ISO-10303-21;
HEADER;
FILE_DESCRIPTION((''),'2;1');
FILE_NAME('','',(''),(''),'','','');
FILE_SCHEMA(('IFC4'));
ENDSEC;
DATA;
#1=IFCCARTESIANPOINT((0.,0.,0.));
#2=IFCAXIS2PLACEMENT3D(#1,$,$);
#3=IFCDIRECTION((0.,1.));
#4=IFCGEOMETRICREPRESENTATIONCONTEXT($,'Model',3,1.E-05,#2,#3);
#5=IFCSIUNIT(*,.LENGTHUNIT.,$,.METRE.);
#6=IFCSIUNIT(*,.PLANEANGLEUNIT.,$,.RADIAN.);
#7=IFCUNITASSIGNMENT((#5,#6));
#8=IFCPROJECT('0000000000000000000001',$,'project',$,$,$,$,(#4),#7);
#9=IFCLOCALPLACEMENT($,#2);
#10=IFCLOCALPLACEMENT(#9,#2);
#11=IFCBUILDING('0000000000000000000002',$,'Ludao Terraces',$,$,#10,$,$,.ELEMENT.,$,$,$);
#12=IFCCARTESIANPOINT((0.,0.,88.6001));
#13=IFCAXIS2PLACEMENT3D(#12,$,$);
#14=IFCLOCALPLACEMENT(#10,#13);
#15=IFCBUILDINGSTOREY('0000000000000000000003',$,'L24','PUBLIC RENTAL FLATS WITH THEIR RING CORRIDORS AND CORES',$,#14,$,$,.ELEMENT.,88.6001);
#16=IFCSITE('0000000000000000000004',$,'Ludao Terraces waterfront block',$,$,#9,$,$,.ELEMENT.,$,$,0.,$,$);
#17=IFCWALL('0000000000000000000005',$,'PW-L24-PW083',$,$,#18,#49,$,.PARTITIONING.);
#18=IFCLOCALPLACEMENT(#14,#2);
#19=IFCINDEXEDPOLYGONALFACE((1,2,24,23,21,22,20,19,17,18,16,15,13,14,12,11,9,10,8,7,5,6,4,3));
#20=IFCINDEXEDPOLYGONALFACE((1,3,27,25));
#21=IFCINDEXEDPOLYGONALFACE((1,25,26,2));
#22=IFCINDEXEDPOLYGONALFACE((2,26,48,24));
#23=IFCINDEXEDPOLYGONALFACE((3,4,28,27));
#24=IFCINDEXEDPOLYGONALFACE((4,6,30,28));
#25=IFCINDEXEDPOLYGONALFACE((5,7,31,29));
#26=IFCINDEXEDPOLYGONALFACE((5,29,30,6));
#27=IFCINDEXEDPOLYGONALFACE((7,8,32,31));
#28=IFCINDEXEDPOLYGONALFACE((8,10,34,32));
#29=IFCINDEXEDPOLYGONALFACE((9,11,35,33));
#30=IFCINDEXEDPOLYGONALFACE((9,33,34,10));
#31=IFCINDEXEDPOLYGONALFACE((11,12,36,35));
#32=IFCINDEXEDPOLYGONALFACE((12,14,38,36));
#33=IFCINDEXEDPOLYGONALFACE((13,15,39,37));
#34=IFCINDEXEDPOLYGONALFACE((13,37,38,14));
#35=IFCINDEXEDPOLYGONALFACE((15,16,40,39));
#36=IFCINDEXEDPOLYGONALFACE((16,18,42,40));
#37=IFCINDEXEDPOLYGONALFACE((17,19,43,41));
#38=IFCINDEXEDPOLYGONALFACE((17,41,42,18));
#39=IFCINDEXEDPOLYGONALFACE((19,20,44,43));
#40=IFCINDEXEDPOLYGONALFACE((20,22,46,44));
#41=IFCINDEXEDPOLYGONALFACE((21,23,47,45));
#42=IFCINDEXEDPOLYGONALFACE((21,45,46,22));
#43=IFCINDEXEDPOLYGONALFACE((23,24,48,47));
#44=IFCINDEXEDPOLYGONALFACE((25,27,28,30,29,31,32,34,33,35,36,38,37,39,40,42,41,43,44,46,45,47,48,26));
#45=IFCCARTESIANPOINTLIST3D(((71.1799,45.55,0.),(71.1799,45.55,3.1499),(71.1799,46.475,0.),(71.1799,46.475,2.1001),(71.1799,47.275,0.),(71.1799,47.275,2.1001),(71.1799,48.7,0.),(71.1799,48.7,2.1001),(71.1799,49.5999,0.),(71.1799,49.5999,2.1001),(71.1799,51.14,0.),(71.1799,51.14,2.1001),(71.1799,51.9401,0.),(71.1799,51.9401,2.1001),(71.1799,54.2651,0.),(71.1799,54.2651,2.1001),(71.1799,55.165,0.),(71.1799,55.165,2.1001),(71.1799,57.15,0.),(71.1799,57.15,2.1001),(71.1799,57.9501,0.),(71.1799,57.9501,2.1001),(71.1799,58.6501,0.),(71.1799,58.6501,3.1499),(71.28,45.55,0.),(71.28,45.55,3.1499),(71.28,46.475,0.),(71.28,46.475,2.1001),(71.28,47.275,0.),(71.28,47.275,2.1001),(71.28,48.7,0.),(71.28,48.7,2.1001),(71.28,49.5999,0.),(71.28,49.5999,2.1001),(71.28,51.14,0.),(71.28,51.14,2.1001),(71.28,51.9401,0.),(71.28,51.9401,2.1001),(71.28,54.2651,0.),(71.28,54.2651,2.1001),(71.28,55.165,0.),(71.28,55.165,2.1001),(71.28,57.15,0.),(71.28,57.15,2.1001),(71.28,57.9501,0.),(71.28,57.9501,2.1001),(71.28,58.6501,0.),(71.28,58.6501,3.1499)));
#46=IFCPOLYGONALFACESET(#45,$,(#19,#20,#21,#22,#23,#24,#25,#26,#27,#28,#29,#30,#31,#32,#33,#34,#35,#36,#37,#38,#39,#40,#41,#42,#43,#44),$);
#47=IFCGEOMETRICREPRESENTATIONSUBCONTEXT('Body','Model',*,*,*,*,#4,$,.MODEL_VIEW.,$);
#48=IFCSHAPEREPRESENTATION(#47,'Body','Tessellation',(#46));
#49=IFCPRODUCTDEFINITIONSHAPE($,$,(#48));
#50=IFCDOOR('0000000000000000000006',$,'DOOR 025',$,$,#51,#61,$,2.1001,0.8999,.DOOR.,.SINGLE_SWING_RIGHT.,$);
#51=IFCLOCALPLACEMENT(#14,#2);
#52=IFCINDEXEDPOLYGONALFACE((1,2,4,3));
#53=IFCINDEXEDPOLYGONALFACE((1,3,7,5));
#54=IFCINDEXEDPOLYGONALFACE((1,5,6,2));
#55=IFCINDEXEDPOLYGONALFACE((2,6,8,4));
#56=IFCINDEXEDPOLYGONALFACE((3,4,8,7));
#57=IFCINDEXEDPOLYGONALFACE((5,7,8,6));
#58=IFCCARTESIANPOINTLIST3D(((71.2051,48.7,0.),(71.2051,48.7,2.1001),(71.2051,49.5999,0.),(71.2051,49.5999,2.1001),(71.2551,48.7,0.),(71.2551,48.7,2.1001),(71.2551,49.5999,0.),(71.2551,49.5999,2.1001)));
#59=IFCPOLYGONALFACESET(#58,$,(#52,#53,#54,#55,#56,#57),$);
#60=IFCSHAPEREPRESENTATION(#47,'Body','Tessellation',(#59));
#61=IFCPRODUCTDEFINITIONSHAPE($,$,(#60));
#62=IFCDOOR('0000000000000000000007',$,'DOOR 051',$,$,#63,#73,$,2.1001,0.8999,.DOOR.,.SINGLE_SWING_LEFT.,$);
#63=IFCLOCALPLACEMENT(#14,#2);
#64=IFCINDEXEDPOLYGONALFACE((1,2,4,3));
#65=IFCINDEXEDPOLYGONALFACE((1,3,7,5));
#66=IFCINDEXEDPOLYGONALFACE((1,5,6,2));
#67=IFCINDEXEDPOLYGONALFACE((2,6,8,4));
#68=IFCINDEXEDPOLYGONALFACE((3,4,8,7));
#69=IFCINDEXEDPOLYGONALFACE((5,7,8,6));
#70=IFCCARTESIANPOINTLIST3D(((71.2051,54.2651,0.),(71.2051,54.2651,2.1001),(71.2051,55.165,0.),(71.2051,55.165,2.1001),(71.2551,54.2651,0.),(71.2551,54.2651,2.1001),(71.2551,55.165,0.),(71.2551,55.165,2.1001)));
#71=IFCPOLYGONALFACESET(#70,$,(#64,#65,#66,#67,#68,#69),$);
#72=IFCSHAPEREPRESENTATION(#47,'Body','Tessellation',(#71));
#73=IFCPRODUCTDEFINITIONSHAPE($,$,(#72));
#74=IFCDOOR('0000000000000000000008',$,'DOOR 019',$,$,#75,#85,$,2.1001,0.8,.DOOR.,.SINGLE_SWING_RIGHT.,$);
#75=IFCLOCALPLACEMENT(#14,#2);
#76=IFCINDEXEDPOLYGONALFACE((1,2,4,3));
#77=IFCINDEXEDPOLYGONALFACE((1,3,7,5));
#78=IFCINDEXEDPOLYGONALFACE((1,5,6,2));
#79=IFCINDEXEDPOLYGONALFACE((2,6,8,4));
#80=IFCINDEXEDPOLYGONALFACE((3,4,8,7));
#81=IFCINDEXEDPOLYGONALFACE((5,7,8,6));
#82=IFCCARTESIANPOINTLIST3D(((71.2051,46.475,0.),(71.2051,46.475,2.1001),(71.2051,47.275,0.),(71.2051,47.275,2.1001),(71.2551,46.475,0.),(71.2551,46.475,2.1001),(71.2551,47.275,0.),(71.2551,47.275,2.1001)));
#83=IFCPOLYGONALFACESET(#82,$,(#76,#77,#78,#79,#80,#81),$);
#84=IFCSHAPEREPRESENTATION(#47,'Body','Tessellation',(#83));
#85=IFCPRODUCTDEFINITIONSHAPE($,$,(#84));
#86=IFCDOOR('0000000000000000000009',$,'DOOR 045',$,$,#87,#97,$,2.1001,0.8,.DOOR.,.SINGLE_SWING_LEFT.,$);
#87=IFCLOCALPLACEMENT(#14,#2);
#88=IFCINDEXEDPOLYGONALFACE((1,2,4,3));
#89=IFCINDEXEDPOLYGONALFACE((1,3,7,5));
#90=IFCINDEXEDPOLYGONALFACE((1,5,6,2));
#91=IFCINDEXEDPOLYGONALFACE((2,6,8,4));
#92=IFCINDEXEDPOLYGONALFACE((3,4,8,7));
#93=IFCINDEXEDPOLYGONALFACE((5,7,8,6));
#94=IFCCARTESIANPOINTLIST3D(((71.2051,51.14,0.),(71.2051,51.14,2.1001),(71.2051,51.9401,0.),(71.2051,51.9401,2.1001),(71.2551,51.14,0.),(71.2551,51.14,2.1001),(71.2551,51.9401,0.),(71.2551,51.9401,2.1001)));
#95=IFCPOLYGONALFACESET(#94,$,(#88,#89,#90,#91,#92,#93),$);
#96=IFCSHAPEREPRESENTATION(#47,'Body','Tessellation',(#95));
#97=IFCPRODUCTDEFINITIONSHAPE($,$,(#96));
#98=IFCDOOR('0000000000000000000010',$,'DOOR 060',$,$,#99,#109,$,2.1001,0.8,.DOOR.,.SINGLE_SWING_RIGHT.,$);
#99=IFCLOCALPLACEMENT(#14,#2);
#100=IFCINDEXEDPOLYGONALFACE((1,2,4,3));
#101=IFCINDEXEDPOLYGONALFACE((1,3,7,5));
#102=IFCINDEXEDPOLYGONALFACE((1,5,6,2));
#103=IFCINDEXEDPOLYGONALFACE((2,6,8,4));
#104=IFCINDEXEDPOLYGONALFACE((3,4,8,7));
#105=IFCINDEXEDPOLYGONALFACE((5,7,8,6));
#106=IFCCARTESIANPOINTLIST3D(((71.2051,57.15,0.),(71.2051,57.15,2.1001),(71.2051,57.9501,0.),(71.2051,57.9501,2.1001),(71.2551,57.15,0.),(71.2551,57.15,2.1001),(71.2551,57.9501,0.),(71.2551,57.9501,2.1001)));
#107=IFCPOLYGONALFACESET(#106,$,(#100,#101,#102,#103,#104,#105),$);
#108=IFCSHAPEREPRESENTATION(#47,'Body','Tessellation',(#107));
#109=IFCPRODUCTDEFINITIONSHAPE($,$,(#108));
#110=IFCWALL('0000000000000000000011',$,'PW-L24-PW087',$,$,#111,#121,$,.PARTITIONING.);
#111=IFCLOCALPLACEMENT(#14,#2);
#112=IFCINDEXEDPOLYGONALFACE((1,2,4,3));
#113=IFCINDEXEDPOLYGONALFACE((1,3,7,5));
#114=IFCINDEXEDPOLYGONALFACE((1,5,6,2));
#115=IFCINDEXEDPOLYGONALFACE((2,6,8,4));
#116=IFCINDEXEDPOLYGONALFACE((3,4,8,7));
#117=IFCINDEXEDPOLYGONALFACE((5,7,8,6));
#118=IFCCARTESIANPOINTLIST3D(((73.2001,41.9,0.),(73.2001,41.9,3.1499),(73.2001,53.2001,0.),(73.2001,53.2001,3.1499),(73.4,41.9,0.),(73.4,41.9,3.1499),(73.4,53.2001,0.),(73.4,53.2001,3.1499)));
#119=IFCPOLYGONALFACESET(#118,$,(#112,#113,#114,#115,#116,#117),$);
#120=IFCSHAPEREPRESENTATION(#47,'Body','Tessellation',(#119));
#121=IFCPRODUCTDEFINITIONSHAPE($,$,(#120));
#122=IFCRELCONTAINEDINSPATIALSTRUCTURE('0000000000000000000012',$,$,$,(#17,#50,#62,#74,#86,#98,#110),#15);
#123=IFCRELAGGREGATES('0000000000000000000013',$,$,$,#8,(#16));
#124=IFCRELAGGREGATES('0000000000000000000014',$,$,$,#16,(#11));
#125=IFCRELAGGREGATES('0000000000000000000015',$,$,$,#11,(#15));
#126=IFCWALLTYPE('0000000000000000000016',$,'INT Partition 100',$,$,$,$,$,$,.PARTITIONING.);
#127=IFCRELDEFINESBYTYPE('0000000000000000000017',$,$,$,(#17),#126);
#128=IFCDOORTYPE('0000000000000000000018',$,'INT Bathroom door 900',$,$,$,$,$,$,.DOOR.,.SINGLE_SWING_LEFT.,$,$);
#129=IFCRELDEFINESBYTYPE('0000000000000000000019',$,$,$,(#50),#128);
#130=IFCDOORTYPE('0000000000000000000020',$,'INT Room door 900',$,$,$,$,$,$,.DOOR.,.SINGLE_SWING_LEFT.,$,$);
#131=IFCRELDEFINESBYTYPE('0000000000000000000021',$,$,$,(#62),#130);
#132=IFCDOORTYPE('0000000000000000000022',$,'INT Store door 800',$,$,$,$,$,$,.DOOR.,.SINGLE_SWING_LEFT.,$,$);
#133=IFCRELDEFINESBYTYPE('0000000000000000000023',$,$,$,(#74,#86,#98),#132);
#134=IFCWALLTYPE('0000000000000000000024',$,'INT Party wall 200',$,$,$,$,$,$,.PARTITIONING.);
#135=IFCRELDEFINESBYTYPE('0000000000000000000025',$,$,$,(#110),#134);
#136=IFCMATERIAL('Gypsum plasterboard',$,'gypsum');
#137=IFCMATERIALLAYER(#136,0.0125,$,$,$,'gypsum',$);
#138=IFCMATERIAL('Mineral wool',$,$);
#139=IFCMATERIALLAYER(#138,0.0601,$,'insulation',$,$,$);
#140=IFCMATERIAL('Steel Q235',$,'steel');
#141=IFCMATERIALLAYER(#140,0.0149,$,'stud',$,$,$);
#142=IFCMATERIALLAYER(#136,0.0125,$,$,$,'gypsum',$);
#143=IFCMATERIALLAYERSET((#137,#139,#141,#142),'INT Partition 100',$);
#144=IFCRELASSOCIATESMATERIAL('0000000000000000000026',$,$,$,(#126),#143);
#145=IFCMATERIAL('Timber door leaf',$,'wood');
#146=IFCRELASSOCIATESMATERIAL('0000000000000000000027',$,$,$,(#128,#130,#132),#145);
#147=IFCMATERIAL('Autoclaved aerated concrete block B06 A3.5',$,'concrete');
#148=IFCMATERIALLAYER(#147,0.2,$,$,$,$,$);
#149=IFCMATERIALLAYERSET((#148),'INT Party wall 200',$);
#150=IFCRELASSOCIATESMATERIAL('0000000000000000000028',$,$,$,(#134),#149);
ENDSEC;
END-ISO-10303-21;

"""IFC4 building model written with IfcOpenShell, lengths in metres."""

from ifc_helpers import new_model, si_unit, direction, frame, frame_2d, origin, place, context, subcontext, project, spatial, rectangle, extrude, material, layer, layer_set, type_object, element, fill, save


model = new_model("IFC4")

# Units and contexts
model_context = context("Model", 3, precision=1e-05, world=origin(), true_north=direction((0.0, 1.0)))
body_context = subcontext(model_context, "Body", "Model", "MODEL_VIEW")
ifc_project = project(units=[si_unit("LENGTHUNIT", "METRE"), si_unit("PLANEANGLEUNIT", "RADIAN")], contexts=[model_context])

# Site, building, storey
site_placement = place(None, origin())
site = spatial("IfcSite", under=ifc_project, at=site_placement, Name="Ludao Terraces waterfront block", CompositionType="ELEMENT", RefElevation=0.0)
building_placement = place(site_placement, origin())
building = spatial("IfcBuilding", under=site, at=building_placement, Name="Ludao Terraces", CompositionType="ELEMENT")
storey_placement = place(building_placement, frame((0.0, 0.0, 88.6001)))
storey = spatial("IfcBuildingStorey", under=building, at=storey_placement, Name="L24", Description="PUBLIC RENTAL FLATS WITH THEIR RING CORRIDORS AND CORES", CompositionType="ELEMENT", Elevation=88.6001)

# Wall, openings, doors
ifc_material_1 = material(Name="Gypsum plasterboard", Category="gypsum")
ifc_layer_1 = layer(ifc_material_1, 0.0125, Category="gypsum")
ifc_material_2 = material(Name="Mineral wool")
ifc_layer_2 = layer(ifc_material_2, 0.0601, Name="insulation")
ifc_material_3 = material(Name="Steel Q235", Category="steel")
ifc_layer_3 = layer(ifc_material_3, 0.0149, Name="stud")
ifc_layer_4 = layer(ifc_material_1, 0.0125, Category="gypsum")
ifc_layer_set_1 = layer_set([ifc_layer_1, ifc_layer_2, ifc_layer_3, ifc_layer_4], Name="INT Partition 100")
wall_type_1 = type_object("IfcWallType", Name="INT Partition 100", PredefinedType="PARTITIONING", material=ifc_layer_set_1)
ifc_material_4 = material(Name="Timber door leaf", Category="wood")
door_type_1 = type_object("IfcDoorType", Name="INT Bathroom door 900", OperationType="SINGLE_SWING_LEFT", PredefinedType="DOOR", material=ifc_material_4)
door_type_2 = type_object("IfcDoorType", Name="INT Room door 900", OperationType="SINGLE_SWING_LEFT", PredefinedType="DOOR", material=ifc_material_4)
wall_1_placement = place(storey_placement, frame((71.23, 45.55, 0.0), z_axis=(0.0, 0.0, 1.0), x_axis=(0.0, 1.0, 0.0)))
wall_1 = element("IfcWall", 1, at=wall_1_placement, inside=storey, type_object=wall_type_1, Name="PW-L24-PW083", PredefinedType="PARTITIONING", context=body_context, shape_type="SweptSolid", body=[
    extrude(rectangle(XDim=13.1001, YDim=0.1001, at=frame_2d((6.55, 0.0))), origin(), (0.0, 0.0, 1.0), 3.1499),
])
opening_1_placement = place(wall_1_placement, frame((0.925, 0.0, 0.0)))
opening_1 = element("IfcOpeningElement", 2, at=opening_1_placement, cuts=wall_1, PredefinedType="OPENING", context=body_context, shape_type="SweptSolid", body=[
    extrude(rectangle(XDim=0.8, YDim=2.1001, at=frame_2d((0.3999, 1.05))), frame((0.0, 0.0601, 0.0), z_axis=(0.0, -1.0, 0.0), x_axis=(1.0, 0.0, 0.0)), (0.0, 0.0, 1.0), 0.1201),
])
opening_2_placement = place(wall_1_placement, frame((3.1499, 0.0, 0.0)))
opening_2 = element("IfcOpeningElement", 3, at=opening_2_placement, cuts=wall_1, PredefinedType="OPENING", context=body_context, shape_type="SweptSolid", body=[
    extrude(rectangle(XDim=0.8999, YDim=2.1001, at=frame_2d((0.45, 1.05))), frame((0.0, 0.0601, 0.0), z_axis=(0.0, -1.0, 0.0), x_axis=(1.0, 0.0, 0.0)), (0.0, 0.0, 1.0), 0.1201),
])
opening_3_placement = place(wall_1_placement, frame((5.5901, 0.0, 0.0)))
opening_3 = element("IfcOpeningElement", 4, at=opening_3_placement, cuts=wall_1, PredefinedType="OPENING", context=body_context, shape_type="SweptSolid", body=[
    extrude(rectangle(XDim=0.8, YDim=2.1001, at=frame_2d((0.3999, 1.05))), frame((0.0, 0.0601, 0.0), z_axis=(0.0, -1.0, 0.0), x_axis=(1.0, 0.0, 0.0)), (0.0, 0.0, 1.0), 0.1201),
])
opening_4_placement = place(wall_1_placement, frame((8.7151, 0.0, 0.0)))
opening_4 = element("IfcOpeningElement", 5, at=opening_4_placement, cuts=wall_1, PredefinedType="OPENING", context=body_context, shape_type="SweptSolid", body=[
    extrude(rectangle(XDim=0.8999, YDim=2.1001, at=frame_2d((0.45, 1.05))), frame((0.0, 0.0601, 0.0), z_axis=(0.0, -1.0, 0.0), x_axis=(1.0, 0.0, 0.0)), (0.0, 0.0, 1.0), 0.1201),
])
opening_5_placement = place(wall_1_placement, frame((11.6001, 0.0, 0.0)))
opening_5 = element("IfcOpeningElement", 6, at=opening_5_placement, cuts=wall_1, PredefinedType="OPENING", context=body_context, shape_type="SweptSolid", body=[
    extrude(rectangle(XDim=0.8, YDim=2.1001, at=frame_2d((0.3999, 1.05))), frame((0.0, 0.0601, 0.0), z_axis=(0.0, -1.0, 0.0), x_axis=(1.0, 0.0, 0.0)), (0.0, 0.0, 1.0), 0.1201),
])
door_1_placement = place(opening_2_placement, origin())
door_1 = element("IfcDoor", 7, at=door_1_placement, inside=storey, type_object=door_type_1, Name="DOOR 025", OperationType="SINGLE_SWING_RIGHT", OverallHeight=2.1001, OverallWidth=0.8999, PredefinedType="DOOR", context=body_context, shape_type="SweptSolid", body=[
    extrude(rectangle(XDim=0.8999, YDim=2.1001, at=frame_2d((0.45, 1.05))), frame((0.0, 0.0249, 0.0), z_axis=(0.0, -1.0, 0.0), x_axis=(1.0, 0.0, 0.0)), (0.0, 0.0, 1.0), 0.05),
])
fill(opening_2, door_1)
door_2_placement = place(opening_4_placement, origin())
door_2 = element("IfcDoor", 8, at=door_2_placement, inside=storey, type_object=door_type_2, Name="DOOR 051", OperationType="SINGLE_SWING_LEFT", OverallHeight=2.1001, OverallWidth=0.8999, PredefinedType="DOOR", context=body_context, shape_type="SweptSolid", body=[
    extrude(rectangle(XDim=0.8999, YDim=2.1001, at=frame_2d((0.45, 1.05))), frame((0.0, 0.0249, 0.0), z_axis=(0.0, -1.0, 0.0), x_axis=(1.0, 0.0, 0.0)), (0.0, 0.0, 1.0), 0.05),
])
fill(opening_4, door_2)
door_type_3 = type_object("IfcDoorType", Name="INT Store door 800", OperationType="SINGLE_SWING_LEFT", PredefinedType="DOOR", material=ifc_material_4)
door_3_placement = place(opening_1_placement, origin())
door_3 = element("IfcDoor", 9, at=door_3_placement, inside=storey, type_object=door_type_3, Name="DOOR 019", OperationType="SINGLE_SWING_RIGHT", OverallHeight=2.1001, OverallWidth=0.8, PredefinedType="DOOR", context=body_context, shape_type="SweptSolid", body=[
    extrude(rectangle(XDim=0.8, YDim=2.1001, at=frame_2d((0.3999, 1.05))), frame((0.0, 0.0249, 0.0), z_axis=(0.0, -1.0, 0.0), x_axis=(1.0, 0.0, 0.0)), (0.0, 0.0, 1.0), 0.05),
])
fill(opening_1, door_3)
door_4_placement = place(opening_3_placement, origin())
door_4 = element("IfcDoor", 10, at=door_4_placement, inside=storey, type_object=door_type_3, Name="DOOR 045", OperationType="SINGLE_SWING_LEFT", OverallHeight=2.1001, OverallWidth=0.8, PredefinedType="DOOR", context=body_context, shape_type="SweptSolid", body=[
    extrude(rectangle(XDim=0.8, YDim=2.1001, at=frame_2d((0.3999, 1.05))), frame((0.0, 0.0249, 0.0), z_axis=(0.0, -1.0, 0.0), x_axis=(1.0, 0.0, 0.0)), (0.0, 0.0, 1.0), 0.05),
])
fill(opening_3, door_4)
door_5_placement = place(opening_5_placement, origin())
door_5 = element("IfcDoor", 11, at=door_5_placement, inside=storey, type_object=door_type_3, Name="DOOR 060", OperationType="SINGLE_SWING_RIGHT", OverallHeight=2.1001, OverallWidth=0.8, PredefinedType="DOOR", context=body_context, shape_type="SweptSolid", body=[
    extrude(rectangle(XDim=0.8, YDim=2.1001, at=frame_2d((0.3999, 1.05))), frame((0.0, 0.0249, 0.0), z_axis=(0.0, -1.0, 0.0), x_axis=(1.0, 0.0, 0.0)), (0.0, 0.0, 1.0), 0.05),
])
fill(opening_5, door_5)

# Wall
ifc_material_5 = material(Name="Autoclaved aerated concrete block B06 A3.5", Category="concrete")
ifc_layer_5 = layer(ifc_material_5, 0.2)
ifc_layer_set_2 = layer_set([ifc_layer_5], Name="INT Party wall 200")
wall_type_2 = type_object("IfcWallType", Name="INT Party wall 200", PredefinedType="PARTITIONING", material=ifc_layer_set_2)
wall_2_placement = place(storey_placement, frame((73.3, 41.9001, 0.0), z_axis=(0.0, 0.0, 1.0), x_axis=(0.0, 1.0, 0.0)))
element("IfcWall", 12, at=wall_2_placement, inside=storey, type_object=wall_type_2, Name="PW-L24-PW087", PredefinedType="PARTITIONING", context=body_context, shape_type="SweptSolid", body=[
    extrude(rectangle(XDim=11.3, YDim=0.2, at=frame_2d((5.6499, 0.0))), origin(), (0.0, 0.0, 1.0), 3.1499),
])

save(model, "model.ifc")
